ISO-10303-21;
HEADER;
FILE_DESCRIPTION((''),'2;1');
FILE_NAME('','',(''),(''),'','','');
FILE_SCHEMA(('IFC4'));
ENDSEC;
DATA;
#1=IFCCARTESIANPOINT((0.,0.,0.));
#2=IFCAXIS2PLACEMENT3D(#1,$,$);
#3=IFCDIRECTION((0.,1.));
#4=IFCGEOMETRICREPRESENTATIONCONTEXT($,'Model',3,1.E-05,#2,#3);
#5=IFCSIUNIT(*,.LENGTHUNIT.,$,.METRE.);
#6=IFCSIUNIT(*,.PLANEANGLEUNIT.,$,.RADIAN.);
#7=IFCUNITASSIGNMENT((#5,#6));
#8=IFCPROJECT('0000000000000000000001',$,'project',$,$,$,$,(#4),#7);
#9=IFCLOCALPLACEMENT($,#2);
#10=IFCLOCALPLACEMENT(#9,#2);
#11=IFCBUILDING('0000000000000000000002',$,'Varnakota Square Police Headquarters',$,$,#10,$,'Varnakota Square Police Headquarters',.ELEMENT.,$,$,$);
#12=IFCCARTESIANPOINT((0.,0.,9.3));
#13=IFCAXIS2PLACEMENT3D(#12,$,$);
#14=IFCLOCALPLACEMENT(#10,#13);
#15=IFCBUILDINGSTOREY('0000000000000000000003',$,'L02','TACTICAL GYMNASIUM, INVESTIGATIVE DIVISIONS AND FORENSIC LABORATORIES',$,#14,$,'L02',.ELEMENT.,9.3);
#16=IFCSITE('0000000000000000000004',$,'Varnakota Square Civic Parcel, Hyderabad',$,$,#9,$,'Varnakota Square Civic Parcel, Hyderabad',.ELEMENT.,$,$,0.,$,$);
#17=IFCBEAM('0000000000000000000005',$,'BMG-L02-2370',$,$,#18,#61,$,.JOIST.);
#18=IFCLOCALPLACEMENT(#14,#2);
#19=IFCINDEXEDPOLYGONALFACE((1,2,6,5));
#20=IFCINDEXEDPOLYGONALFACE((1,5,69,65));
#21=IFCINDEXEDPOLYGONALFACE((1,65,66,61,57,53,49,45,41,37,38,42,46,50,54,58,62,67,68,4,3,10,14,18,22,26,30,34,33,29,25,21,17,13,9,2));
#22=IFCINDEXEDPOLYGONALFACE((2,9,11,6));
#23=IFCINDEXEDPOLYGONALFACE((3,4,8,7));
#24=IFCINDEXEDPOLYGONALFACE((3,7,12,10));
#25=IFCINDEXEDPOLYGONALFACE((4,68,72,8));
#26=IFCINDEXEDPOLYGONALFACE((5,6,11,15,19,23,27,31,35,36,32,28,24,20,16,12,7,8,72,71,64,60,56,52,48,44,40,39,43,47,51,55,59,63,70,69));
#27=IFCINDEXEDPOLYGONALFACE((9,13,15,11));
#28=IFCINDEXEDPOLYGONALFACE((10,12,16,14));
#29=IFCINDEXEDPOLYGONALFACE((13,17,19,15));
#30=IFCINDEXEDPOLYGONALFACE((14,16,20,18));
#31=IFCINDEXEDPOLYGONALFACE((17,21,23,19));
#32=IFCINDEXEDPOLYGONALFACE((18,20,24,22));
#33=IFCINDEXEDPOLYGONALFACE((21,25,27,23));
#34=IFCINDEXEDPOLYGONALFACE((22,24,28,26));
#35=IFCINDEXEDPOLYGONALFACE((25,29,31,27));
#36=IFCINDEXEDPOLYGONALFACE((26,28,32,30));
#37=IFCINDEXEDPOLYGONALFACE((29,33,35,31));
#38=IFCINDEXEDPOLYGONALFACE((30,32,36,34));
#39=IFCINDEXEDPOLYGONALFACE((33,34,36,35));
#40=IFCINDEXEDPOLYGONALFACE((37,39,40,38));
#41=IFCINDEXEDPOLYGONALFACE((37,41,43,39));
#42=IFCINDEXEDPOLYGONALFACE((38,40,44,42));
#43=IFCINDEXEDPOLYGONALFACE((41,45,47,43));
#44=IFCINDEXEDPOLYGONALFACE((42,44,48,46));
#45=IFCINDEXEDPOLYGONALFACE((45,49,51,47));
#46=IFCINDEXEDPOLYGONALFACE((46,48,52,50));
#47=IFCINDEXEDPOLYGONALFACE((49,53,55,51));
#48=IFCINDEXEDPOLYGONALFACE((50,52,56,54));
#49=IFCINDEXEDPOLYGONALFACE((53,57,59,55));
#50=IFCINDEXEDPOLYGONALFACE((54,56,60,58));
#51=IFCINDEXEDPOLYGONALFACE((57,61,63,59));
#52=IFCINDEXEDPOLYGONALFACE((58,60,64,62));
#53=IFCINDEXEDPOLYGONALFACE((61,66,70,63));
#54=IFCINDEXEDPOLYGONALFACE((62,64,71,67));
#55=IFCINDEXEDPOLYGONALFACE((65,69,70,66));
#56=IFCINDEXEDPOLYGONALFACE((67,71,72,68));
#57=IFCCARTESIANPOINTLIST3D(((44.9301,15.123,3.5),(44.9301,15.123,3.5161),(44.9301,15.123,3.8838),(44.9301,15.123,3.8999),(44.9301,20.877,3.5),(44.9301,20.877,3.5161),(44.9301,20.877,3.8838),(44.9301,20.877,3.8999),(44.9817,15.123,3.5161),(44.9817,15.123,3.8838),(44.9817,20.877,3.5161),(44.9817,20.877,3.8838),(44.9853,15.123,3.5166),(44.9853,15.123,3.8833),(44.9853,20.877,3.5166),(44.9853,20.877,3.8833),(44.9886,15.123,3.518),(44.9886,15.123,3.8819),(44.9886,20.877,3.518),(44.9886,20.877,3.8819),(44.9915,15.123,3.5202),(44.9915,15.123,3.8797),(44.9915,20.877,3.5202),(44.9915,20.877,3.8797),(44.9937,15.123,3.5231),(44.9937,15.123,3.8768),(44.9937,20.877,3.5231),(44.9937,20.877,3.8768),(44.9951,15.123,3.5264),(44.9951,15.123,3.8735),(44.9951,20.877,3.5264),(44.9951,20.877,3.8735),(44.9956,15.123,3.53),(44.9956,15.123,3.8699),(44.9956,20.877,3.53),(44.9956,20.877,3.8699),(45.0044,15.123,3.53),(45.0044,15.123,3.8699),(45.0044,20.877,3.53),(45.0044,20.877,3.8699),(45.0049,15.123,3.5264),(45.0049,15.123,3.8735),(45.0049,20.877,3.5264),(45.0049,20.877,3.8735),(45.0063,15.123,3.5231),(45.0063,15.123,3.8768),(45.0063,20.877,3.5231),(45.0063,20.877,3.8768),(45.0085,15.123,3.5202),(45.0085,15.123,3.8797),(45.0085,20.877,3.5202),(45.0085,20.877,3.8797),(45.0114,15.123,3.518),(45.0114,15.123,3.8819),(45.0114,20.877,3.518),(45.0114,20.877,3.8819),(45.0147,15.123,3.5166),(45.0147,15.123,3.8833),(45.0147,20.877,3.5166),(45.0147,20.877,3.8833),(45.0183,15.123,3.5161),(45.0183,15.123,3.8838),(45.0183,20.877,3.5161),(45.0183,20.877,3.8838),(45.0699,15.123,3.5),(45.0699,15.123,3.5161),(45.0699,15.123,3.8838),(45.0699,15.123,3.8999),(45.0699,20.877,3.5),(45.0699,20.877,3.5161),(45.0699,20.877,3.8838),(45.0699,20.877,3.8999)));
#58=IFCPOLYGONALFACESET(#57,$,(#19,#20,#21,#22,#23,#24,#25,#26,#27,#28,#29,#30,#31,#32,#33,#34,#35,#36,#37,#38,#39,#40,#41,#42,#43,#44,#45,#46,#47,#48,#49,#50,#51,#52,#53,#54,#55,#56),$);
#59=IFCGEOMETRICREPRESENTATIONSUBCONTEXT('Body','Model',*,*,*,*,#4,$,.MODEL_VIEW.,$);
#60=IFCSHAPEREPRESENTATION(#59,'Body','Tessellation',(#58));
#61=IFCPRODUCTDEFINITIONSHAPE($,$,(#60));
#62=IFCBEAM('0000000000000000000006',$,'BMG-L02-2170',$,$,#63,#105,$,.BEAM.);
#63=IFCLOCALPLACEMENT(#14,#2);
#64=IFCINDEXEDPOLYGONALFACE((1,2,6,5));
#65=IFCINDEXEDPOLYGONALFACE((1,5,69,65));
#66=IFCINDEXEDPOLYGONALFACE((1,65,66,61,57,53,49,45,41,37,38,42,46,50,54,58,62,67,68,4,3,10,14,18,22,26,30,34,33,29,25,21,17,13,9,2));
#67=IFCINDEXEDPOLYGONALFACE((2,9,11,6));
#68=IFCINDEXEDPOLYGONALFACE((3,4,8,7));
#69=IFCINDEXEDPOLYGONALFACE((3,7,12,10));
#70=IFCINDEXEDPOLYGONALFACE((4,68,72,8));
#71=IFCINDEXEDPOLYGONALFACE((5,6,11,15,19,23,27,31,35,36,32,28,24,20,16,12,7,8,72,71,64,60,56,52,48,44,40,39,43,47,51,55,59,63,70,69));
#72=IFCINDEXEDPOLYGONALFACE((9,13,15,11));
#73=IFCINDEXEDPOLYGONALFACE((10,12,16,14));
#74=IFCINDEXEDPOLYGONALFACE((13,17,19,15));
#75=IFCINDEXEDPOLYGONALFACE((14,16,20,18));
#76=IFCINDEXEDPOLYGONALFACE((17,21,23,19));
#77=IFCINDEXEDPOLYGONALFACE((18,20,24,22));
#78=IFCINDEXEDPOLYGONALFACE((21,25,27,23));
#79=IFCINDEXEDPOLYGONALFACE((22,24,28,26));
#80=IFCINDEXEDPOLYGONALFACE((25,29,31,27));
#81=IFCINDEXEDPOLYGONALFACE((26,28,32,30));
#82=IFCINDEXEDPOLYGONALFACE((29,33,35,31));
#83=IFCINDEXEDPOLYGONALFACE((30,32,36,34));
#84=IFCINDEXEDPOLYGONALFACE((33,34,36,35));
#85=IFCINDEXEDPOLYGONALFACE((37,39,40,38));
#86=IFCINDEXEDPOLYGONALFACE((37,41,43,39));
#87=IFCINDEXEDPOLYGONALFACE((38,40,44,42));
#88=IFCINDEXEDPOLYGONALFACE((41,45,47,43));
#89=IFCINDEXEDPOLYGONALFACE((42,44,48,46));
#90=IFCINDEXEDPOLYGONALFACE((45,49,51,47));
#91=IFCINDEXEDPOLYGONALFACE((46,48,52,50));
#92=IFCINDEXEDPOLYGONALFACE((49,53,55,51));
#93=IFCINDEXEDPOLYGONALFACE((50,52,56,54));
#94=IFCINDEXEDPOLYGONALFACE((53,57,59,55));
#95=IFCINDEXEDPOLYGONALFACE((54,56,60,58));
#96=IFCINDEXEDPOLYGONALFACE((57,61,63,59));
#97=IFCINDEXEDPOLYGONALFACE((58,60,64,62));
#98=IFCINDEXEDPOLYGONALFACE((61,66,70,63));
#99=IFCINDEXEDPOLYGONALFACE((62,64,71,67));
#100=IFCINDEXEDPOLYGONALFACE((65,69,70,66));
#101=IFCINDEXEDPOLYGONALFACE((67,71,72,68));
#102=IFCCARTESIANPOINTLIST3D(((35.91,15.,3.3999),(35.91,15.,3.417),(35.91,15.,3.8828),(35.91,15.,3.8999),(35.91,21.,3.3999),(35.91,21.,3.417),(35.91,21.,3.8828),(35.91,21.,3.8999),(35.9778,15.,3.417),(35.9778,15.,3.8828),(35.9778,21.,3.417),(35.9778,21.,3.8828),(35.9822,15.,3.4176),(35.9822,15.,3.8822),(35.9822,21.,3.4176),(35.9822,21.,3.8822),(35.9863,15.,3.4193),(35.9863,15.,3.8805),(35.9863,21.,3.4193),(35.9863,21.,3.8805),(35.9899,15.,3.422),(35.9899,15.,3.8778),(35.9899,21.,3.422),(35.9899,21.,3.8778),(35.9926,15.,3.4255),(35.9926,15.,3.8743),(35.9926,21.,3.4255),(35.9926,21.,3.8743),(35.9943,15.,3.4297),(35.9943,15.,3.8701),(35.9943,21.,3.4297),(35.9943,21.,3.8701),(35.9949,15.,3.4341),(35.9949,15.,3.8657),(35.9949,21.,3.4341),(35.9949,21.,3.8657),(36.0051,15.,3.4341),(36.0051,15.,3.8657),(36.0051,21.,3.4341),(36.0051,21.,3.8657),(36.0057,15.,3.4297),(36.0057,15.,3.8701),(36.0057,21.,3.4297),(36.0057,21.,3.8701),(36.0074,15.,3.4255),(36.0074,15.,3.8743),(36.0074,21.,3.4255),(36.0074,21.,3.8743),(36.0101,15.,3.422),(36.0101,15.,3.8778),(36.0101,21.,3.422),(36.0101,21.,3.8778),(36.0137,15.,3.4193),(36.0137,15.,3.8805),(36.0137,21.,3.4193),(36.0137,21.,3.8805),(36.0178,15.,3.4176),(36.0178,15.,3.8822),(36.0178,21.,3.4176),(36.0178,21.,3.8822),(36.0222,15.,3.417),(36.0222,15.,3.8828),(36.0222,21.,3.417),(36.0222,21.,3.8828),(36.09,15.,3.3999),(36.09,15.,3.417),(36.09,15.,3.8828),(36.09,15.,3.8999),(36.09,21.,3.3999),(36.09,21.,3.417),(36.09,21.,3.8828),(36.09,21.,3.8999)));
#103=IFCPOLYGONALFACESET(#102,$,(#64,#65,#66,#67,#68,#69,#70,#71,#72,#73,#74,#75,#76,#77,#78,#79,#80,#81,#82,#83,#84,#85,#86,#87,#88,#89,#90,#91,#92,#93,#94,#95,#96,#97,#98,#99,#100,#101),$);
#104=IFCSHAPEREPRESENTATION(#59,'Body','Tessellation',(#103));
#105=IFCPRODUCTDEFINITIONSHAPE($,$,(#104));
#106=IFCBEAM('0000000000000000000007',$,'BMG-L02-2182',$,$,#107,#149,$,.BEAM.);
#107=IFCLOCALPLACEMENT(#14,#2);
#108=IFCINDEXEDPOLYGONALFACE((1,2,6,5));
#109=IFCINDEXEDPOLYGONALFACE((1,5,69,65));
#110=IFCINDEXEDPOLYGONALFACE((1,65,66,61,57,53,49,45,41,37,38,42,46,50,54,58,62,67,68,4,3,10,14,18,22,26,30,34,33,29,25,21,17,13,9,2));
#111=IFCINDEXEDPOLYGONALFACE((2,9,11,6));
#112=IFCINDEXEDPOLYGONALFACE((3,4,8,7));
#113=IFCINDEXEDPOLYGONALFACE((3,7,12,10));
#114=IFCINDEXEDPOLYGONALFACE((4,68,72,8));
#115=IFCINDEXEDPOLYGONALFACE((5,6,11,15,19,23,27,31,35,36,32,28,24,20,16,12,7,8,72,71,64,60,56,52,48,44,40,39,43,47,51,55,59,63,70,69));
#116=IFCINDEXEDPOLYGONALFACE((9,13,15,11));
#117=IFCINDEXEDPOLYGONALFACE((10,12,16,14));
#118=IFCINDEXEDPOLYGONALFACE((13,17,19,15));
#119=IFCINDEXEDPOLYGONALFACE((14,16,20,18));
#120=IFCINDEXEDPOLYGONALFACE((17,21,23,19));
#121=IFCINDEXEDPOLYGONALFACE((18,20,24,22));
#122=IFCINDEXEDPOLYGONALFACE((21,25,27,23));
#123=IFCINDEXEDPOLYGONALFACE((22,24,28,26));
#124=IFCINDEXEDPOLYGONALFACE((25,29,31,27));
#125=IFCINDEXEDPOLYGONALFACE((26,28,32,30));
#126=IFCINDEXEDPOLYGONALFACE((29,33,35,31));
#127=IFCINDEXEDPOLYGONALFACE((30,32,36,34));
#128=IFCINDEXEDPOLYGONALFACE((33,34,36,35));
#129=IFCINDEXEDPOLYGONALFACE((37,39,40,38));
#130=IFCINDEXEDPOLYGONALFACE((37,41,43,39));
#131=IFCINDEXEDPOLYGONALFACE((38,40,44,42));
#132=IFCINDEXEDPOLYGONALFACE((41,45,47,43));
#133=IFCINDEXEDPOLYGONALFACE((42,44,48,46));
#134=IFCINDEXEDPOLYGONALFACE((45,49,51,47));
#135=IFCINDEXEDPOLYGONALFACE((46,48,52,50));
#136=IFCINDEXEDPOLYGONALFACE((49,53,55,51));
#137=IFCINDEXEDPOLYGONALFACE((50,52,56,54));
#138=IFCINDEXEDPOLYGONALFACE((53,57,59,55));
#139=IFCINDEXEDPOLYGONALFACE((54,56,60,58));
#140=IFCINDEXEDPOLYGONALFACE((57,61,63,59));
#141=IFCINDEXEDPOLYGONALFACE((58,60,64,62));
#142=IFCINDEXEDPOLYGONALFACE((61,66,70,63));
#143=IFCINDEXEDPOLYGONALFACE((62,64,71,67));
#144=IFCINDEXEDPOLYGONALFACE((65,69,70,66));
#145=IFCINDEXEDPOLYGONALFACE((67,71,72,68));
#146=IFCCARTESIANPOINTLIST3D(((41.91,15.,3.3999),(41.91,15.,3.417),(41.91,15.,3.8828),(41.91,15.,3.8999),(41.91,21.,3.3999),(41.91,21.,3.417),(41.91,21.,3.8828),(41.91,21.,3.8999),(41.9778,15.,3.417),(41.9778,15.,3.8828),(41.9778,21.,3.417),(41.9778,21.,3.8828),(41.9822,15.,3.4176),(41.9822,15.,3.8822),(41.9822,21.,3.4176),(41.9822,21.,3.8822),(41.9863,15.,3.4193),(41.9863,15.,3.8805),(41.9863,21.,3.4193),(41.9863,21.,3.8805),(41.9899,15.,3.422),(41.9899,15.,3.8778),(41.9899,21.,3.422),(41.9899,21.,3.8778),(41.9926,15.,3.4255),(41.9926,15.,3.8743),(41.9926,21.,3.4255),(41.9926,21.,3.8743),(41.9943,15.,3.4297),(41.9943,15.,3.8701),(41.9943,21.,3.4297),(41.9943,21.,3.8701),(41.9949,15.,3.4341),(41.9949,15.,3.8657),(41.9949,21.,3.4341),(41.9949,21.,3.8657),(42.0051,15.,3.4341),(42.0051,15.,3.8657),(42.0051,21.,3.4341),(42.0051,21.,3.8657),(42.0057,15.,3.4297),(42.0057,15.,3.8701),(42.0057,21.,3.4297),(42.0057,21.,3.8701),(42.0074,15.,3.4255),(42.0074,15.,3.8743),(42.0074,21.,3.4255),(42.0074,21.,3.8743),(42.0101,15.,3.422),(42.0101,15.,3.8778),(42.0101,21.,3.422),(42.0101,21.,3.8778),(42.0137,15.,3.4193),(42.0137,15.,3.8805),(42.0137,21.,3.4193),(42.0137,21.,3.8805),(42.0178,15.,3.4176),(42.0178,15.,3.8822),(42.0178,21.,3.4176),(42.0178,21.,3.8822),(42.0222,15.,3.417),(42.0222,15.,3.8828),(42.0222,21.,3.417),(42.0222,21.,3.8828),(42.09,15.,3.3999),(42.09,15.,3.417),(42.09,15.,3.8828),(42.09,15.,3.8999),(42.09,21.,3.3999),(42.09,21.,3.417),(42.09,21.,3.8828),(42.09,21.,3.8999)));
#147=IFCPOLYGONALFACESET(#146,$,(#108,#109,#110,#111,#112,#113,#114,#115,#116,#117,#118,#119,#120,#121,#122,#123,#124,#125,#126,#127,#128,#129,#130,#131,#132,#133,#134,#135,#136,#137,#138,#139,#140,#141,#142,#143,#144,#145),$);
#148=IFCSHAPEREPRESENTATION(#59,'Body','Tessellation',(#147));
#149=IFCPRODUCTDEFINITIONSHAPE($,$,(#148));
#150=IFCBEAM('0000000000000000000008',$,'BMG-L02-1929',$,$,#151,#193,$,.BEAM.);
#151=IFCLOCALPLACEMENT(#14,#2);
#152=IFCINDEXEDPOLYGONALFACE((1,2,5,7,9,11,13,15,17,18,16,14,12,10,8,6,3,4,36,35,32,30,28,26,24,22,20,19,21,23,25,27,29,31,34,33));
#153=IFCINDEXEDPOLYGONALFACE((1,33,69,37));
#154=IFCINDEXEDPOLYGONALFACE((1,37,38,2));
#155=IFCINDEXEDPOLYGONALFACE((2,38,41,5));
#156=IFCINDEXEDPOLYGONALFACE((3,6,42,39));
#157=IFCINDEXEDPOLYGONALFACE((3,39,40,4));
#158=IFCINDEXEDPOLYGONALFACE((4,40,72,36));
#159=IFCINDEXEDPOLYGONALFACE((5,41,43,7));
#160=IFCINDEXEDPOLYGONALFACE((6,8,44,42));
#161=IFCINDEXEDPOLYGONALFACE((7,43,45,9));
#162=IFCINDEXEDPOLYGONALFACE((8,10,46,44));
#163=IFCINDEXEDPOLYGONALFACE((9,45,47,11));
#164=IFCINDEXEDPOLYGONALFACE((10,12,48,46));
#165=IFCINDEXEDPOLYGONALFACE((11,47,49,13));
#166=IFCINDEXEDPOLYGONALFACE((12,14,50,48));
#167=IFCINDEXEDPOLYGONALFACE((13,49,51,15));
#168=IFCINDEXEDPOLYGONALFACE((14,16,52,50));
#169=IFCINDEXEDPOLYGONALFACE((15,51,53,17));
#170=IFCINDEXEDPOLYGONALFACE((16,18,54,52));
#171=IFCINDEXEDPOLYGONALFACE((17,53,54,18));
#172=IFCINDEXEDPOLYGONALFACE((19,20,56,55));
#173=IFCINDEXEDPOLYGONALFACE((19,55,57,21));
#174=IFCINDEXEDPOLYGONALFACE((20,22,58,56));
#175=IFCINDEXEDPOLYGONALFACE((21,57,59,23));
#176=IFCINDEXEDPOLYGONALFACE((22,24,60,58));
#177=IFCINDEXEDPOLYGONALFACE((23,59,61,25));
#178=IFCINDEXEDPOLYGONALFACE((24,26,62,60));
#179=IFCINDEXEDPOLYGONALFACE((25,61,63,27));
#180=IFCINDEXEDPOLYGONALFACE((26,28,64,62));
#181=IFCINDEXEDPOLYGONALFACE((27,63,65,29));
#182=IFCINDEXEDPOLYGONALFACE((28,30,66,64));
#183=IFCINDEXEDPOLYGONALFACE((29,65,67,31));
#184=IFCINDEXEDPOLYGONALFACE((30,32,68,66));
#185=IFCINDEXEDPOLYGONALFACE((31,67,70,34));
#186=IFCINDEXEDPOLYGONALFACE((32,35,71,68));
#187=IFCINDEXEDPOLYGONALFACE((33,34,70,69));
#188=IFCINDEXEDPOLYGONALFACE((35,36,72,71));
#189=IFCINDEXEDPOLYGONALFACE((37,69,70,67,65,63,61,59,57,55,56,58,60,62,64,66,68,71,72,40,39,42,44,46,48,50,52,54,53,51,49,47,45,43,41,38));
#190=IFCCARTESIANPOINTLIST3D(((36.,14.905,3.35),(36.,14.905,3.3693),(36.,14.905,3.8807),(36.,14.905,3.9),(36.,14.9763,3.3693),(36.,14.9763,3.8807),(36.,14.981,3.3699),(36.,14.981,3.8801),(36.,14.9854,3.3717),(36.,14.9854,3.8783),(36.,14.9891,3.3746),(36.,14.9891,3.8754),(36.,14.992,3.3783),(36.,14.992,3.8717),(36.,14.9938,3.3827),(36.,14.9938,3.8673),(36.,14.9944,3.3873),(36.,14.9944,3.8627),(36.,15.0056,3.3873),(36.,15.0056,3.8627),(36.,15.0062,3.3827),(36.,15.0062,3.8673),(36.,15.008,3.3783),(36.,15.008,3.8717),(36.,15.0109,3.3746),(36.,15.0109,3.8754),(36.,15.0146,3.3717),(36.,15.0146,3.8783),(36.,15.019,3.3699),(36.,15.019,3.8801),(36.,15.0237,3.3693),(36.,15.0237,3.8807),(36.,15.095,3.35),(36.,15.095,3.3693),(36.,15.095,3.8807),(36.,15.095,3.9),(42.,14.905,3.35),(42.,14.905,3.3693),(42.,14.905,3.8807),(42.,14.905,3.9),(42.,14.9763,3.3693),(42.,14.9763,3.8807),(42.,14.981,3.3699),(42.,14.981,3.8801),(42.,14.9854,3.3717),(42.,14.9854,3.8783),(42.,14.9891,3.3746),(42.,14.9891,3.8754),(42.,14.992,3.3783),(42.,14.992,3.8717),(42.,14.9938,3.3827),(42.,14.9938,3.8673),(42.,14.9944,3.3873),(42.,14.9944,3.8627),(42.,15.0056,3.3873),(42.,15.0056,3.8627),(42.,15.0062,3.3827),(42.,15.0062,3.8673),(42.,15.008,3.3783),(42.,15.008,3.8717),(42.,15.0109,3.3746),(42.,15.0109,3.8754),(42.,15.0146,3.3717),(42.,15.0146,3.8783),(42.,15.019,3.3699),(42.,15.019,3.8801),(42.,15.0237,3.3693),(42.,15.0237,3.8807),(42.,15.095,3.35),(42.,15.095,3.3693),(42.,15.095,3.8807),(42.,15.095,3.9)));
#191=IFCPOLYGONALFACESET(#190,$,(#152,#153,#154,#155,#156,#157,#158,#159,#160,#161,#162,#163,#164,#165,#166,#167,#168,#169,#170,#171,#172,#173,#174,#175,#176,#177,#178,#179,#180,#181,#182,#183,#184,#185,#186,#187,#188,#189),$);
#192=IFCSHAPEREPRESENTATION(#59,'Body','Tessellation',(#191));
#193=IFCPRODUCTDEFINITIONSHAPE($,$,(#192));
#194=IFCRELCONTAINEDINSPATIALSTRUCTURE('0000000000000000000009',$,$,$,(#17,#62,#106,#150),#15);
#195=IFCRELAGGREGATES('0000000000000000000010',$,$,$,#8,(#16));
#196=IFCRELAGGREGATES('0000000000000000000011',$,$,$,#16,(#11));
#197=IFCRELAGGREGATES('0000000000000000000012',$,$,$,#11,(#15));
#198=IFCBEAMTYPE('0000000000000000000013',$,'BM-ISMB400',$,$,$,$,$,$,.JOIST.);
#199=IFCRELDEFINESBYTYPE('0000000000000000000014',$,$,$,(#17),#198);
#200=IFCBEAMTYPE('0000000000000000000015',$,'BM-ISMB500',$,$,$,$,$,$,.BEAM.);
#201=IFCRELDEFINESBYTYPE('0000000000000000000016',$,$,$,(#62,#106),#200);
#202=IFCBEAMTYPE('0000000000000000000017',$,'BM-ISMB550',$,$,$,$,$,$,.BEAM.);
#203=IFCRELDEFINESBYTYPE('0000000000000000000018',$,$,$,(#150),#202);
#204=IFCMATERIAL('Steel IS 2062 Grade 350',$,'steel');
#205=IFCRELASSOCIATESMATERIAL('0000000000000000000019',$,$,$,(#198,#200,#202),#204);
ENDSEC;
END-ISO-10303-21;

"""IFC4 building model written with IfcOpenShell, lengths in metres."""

from ifc_helpers import new_model, si_unit, direction, frame, origin, origin_2d, place, context, subcontext, project, spatial, i_section, extrude, material, material_profile, profile_set, type_object, element, save


model = new_model("IFC4")

# Units and contexts
model_context = context("Model", 3, precision=1e-05, world=origin(), true_north=direction((0.0, 1.0)))
body_context = subcontext(model_context, "Body", "Model", "MODEL_VIEW")
ifc_project = project(units=[si_unit("LENGTHUNIT", "METRE"), si_unit("PLANEANGLEUNIT", "RADIAN")], contexts=[model_context])

# Site, building, storey
site_placement = place(None, origin())
site = spatial("IfcSite", under=ifc_project, at=site_placement, Name="Varnakota Square Civic Parcel, Hyderabad", LongName="Varnakota Square Civic Parcel, Hyderabad", CompositionType="ELEMENT", RefElevation=0.0)
building_placement = place(site_placement, origin())
building = spatial("IfcBuilding", under=site, at=building_placement, Name="Varnakota Square Police Headquarters", LongName="Varnakota Square Police Headquarters", CompositionType="ELEMENT")
storey_placement = place(building_placement, frame((0.0, 0.0, 9.3)))
storey = spatial("IfcBuildingStorey", under=building, at=storey_placement, Name="L02", Description="TACTICAL GYMNASIUM, INVESTIGATIVE DIVISIONS AND FORENSIC LABORATORIES", LongName="L02", CompositionType="ELEMENT", Elevation=9.3)

# Shared definitions
ifc_material_1 = material(Name="Steel IS 2062 Grade 350", Category="steel")

# Beams
ifc_material_profile_1 = material_profile(ifc_material_1, i_section(OverallWidth=0.1399, OverallDepth=0.3999, WebThickness=0.0088, FlangeThickness=0.0161, FilletRadius=0.0139, at=origin_2d()), Name="ISMB 400")
ifc_profile_set_1 = profile_set([ifc_material_profile_1], Name="Steel IS 2062 Grade 350")
beam_type_1 = type_object("IfcBeamType", Name="BM-ISMB400", PredefinedType="JOIST", material=ifc_profile_set_1)
beam_1_placement = place(storey_placement, frame((45.0, 15.123, 3.7), z_axis=(0.0, 1.0, 0.0), x_axis=(-1.0, 0.0, 0.0)))
element("IfcBeam", 1, at=beam_1_placement, inside=storey, type_object=beam_type_1, Name="BMG-L02-2370", PredefinedType="JOIST", context=body_context, shape_type="SweptSolid", body=[
    extrude(i_section(OverallWidth=0.1399, OverallDepth=0.3999, WebThickness=0.0088, FlangeThickness=0.0161, FilletRadius=0.0139, at=origin_2d()), origin(), (0.0, 0.0, 1.0), 5.7539),
])
ifc_material_profile_2 = material_profile(ifc_material_1, i_section(OverallWidth=0.1799, OverallDepth=0.5, WebThickness=0.0103, FlangeThickness=0.0171, FilletRadius=0.0171, at=origin_2d()), Name="ISMB 500")
ifc_profile_set_2 = profile_set([ifc_material_profile_2], Name="Steel IS 2062 Grade 350")
beam_type_2 = type_object("IfcBeamType", Name="BM-ISMB500", PredefinedType="BEAM", material=ifc_profile_set_2)
for number, where, z_axis, x_axis, name in (
    (2, (36.0, 15.0, 3.6499), (0.0, 1.0, 0.0), (-1.0, 0.0, 0.0), "BMG-L02-2170"),
    (3, (42.0, 15.0, 3.6499), (0.0, 1.0, 0.0), (-1.0, 0.0, 0.0), "BMG-L02-2182"),
):
    element("IfcBeam", number, at=place(storey_placement, frame(where, z_axis=z_axis, x_axis=x_axis)), inside=storey, type_object=beam_type_2, Name=name, PredefinedType="BEAM", context=body_context, shape_type="SweptSolid", body=[
        extrude(i_section(OverallWidth=0.1799, OverallDepth=0.5, WebThickness=0.0103, FlangeThickness=0.0171, FilletRadius=0.0171, at=origin_2d()), origin(), (0.0, 0.0, 1.0), 6.0),
    ])
ifc_material_profile_3 = material_profile(ifc_material_1, i_section(OverallWidth=0.1899, OverallDepth=0.55, WebThickness=0.0112, FlangeThickness=0.0193, FilletRadius=0.0181, at=origin_2d()), Name="ISMB 550")
ifc_profile_set_3 = profile_set([ifc_material_profile_3], Name="Steel IS 2062 Grade 350")
beam_type_3 = type_object("IfcBeamType", Name="BM-ISMB550", PredefinedType="BEAM", material=ifc_profile_set_3)
for number, where, z_axis, x_axis, name in (
    (4, (36.0, 15.0, 3.625), (1.0, 0.0, 0.0), (0.0, 1.0, 0.0), "BMG-L02-1929"),
):
    element("IfcBeam", number, at=place(storey_placement, frame(where, z_axis=z_axis, x_axis=x_axis)), inside=storey, type_object=beam_type_3, Name=name, PredefinedType="BEAM", context=body_context, shape_type="SweptSolid", body=[
        extrude(i_section(OverallWidth=0.1899, OverallDepth=0.55, WebThickness=0.0112, FlangeThickness=0.0193, FilletRadius=0.0181, at=origin_2d()), origin(), (0.0, 0.0, 1.0), 6.0),
    ])

save(model, "model.ifc")
